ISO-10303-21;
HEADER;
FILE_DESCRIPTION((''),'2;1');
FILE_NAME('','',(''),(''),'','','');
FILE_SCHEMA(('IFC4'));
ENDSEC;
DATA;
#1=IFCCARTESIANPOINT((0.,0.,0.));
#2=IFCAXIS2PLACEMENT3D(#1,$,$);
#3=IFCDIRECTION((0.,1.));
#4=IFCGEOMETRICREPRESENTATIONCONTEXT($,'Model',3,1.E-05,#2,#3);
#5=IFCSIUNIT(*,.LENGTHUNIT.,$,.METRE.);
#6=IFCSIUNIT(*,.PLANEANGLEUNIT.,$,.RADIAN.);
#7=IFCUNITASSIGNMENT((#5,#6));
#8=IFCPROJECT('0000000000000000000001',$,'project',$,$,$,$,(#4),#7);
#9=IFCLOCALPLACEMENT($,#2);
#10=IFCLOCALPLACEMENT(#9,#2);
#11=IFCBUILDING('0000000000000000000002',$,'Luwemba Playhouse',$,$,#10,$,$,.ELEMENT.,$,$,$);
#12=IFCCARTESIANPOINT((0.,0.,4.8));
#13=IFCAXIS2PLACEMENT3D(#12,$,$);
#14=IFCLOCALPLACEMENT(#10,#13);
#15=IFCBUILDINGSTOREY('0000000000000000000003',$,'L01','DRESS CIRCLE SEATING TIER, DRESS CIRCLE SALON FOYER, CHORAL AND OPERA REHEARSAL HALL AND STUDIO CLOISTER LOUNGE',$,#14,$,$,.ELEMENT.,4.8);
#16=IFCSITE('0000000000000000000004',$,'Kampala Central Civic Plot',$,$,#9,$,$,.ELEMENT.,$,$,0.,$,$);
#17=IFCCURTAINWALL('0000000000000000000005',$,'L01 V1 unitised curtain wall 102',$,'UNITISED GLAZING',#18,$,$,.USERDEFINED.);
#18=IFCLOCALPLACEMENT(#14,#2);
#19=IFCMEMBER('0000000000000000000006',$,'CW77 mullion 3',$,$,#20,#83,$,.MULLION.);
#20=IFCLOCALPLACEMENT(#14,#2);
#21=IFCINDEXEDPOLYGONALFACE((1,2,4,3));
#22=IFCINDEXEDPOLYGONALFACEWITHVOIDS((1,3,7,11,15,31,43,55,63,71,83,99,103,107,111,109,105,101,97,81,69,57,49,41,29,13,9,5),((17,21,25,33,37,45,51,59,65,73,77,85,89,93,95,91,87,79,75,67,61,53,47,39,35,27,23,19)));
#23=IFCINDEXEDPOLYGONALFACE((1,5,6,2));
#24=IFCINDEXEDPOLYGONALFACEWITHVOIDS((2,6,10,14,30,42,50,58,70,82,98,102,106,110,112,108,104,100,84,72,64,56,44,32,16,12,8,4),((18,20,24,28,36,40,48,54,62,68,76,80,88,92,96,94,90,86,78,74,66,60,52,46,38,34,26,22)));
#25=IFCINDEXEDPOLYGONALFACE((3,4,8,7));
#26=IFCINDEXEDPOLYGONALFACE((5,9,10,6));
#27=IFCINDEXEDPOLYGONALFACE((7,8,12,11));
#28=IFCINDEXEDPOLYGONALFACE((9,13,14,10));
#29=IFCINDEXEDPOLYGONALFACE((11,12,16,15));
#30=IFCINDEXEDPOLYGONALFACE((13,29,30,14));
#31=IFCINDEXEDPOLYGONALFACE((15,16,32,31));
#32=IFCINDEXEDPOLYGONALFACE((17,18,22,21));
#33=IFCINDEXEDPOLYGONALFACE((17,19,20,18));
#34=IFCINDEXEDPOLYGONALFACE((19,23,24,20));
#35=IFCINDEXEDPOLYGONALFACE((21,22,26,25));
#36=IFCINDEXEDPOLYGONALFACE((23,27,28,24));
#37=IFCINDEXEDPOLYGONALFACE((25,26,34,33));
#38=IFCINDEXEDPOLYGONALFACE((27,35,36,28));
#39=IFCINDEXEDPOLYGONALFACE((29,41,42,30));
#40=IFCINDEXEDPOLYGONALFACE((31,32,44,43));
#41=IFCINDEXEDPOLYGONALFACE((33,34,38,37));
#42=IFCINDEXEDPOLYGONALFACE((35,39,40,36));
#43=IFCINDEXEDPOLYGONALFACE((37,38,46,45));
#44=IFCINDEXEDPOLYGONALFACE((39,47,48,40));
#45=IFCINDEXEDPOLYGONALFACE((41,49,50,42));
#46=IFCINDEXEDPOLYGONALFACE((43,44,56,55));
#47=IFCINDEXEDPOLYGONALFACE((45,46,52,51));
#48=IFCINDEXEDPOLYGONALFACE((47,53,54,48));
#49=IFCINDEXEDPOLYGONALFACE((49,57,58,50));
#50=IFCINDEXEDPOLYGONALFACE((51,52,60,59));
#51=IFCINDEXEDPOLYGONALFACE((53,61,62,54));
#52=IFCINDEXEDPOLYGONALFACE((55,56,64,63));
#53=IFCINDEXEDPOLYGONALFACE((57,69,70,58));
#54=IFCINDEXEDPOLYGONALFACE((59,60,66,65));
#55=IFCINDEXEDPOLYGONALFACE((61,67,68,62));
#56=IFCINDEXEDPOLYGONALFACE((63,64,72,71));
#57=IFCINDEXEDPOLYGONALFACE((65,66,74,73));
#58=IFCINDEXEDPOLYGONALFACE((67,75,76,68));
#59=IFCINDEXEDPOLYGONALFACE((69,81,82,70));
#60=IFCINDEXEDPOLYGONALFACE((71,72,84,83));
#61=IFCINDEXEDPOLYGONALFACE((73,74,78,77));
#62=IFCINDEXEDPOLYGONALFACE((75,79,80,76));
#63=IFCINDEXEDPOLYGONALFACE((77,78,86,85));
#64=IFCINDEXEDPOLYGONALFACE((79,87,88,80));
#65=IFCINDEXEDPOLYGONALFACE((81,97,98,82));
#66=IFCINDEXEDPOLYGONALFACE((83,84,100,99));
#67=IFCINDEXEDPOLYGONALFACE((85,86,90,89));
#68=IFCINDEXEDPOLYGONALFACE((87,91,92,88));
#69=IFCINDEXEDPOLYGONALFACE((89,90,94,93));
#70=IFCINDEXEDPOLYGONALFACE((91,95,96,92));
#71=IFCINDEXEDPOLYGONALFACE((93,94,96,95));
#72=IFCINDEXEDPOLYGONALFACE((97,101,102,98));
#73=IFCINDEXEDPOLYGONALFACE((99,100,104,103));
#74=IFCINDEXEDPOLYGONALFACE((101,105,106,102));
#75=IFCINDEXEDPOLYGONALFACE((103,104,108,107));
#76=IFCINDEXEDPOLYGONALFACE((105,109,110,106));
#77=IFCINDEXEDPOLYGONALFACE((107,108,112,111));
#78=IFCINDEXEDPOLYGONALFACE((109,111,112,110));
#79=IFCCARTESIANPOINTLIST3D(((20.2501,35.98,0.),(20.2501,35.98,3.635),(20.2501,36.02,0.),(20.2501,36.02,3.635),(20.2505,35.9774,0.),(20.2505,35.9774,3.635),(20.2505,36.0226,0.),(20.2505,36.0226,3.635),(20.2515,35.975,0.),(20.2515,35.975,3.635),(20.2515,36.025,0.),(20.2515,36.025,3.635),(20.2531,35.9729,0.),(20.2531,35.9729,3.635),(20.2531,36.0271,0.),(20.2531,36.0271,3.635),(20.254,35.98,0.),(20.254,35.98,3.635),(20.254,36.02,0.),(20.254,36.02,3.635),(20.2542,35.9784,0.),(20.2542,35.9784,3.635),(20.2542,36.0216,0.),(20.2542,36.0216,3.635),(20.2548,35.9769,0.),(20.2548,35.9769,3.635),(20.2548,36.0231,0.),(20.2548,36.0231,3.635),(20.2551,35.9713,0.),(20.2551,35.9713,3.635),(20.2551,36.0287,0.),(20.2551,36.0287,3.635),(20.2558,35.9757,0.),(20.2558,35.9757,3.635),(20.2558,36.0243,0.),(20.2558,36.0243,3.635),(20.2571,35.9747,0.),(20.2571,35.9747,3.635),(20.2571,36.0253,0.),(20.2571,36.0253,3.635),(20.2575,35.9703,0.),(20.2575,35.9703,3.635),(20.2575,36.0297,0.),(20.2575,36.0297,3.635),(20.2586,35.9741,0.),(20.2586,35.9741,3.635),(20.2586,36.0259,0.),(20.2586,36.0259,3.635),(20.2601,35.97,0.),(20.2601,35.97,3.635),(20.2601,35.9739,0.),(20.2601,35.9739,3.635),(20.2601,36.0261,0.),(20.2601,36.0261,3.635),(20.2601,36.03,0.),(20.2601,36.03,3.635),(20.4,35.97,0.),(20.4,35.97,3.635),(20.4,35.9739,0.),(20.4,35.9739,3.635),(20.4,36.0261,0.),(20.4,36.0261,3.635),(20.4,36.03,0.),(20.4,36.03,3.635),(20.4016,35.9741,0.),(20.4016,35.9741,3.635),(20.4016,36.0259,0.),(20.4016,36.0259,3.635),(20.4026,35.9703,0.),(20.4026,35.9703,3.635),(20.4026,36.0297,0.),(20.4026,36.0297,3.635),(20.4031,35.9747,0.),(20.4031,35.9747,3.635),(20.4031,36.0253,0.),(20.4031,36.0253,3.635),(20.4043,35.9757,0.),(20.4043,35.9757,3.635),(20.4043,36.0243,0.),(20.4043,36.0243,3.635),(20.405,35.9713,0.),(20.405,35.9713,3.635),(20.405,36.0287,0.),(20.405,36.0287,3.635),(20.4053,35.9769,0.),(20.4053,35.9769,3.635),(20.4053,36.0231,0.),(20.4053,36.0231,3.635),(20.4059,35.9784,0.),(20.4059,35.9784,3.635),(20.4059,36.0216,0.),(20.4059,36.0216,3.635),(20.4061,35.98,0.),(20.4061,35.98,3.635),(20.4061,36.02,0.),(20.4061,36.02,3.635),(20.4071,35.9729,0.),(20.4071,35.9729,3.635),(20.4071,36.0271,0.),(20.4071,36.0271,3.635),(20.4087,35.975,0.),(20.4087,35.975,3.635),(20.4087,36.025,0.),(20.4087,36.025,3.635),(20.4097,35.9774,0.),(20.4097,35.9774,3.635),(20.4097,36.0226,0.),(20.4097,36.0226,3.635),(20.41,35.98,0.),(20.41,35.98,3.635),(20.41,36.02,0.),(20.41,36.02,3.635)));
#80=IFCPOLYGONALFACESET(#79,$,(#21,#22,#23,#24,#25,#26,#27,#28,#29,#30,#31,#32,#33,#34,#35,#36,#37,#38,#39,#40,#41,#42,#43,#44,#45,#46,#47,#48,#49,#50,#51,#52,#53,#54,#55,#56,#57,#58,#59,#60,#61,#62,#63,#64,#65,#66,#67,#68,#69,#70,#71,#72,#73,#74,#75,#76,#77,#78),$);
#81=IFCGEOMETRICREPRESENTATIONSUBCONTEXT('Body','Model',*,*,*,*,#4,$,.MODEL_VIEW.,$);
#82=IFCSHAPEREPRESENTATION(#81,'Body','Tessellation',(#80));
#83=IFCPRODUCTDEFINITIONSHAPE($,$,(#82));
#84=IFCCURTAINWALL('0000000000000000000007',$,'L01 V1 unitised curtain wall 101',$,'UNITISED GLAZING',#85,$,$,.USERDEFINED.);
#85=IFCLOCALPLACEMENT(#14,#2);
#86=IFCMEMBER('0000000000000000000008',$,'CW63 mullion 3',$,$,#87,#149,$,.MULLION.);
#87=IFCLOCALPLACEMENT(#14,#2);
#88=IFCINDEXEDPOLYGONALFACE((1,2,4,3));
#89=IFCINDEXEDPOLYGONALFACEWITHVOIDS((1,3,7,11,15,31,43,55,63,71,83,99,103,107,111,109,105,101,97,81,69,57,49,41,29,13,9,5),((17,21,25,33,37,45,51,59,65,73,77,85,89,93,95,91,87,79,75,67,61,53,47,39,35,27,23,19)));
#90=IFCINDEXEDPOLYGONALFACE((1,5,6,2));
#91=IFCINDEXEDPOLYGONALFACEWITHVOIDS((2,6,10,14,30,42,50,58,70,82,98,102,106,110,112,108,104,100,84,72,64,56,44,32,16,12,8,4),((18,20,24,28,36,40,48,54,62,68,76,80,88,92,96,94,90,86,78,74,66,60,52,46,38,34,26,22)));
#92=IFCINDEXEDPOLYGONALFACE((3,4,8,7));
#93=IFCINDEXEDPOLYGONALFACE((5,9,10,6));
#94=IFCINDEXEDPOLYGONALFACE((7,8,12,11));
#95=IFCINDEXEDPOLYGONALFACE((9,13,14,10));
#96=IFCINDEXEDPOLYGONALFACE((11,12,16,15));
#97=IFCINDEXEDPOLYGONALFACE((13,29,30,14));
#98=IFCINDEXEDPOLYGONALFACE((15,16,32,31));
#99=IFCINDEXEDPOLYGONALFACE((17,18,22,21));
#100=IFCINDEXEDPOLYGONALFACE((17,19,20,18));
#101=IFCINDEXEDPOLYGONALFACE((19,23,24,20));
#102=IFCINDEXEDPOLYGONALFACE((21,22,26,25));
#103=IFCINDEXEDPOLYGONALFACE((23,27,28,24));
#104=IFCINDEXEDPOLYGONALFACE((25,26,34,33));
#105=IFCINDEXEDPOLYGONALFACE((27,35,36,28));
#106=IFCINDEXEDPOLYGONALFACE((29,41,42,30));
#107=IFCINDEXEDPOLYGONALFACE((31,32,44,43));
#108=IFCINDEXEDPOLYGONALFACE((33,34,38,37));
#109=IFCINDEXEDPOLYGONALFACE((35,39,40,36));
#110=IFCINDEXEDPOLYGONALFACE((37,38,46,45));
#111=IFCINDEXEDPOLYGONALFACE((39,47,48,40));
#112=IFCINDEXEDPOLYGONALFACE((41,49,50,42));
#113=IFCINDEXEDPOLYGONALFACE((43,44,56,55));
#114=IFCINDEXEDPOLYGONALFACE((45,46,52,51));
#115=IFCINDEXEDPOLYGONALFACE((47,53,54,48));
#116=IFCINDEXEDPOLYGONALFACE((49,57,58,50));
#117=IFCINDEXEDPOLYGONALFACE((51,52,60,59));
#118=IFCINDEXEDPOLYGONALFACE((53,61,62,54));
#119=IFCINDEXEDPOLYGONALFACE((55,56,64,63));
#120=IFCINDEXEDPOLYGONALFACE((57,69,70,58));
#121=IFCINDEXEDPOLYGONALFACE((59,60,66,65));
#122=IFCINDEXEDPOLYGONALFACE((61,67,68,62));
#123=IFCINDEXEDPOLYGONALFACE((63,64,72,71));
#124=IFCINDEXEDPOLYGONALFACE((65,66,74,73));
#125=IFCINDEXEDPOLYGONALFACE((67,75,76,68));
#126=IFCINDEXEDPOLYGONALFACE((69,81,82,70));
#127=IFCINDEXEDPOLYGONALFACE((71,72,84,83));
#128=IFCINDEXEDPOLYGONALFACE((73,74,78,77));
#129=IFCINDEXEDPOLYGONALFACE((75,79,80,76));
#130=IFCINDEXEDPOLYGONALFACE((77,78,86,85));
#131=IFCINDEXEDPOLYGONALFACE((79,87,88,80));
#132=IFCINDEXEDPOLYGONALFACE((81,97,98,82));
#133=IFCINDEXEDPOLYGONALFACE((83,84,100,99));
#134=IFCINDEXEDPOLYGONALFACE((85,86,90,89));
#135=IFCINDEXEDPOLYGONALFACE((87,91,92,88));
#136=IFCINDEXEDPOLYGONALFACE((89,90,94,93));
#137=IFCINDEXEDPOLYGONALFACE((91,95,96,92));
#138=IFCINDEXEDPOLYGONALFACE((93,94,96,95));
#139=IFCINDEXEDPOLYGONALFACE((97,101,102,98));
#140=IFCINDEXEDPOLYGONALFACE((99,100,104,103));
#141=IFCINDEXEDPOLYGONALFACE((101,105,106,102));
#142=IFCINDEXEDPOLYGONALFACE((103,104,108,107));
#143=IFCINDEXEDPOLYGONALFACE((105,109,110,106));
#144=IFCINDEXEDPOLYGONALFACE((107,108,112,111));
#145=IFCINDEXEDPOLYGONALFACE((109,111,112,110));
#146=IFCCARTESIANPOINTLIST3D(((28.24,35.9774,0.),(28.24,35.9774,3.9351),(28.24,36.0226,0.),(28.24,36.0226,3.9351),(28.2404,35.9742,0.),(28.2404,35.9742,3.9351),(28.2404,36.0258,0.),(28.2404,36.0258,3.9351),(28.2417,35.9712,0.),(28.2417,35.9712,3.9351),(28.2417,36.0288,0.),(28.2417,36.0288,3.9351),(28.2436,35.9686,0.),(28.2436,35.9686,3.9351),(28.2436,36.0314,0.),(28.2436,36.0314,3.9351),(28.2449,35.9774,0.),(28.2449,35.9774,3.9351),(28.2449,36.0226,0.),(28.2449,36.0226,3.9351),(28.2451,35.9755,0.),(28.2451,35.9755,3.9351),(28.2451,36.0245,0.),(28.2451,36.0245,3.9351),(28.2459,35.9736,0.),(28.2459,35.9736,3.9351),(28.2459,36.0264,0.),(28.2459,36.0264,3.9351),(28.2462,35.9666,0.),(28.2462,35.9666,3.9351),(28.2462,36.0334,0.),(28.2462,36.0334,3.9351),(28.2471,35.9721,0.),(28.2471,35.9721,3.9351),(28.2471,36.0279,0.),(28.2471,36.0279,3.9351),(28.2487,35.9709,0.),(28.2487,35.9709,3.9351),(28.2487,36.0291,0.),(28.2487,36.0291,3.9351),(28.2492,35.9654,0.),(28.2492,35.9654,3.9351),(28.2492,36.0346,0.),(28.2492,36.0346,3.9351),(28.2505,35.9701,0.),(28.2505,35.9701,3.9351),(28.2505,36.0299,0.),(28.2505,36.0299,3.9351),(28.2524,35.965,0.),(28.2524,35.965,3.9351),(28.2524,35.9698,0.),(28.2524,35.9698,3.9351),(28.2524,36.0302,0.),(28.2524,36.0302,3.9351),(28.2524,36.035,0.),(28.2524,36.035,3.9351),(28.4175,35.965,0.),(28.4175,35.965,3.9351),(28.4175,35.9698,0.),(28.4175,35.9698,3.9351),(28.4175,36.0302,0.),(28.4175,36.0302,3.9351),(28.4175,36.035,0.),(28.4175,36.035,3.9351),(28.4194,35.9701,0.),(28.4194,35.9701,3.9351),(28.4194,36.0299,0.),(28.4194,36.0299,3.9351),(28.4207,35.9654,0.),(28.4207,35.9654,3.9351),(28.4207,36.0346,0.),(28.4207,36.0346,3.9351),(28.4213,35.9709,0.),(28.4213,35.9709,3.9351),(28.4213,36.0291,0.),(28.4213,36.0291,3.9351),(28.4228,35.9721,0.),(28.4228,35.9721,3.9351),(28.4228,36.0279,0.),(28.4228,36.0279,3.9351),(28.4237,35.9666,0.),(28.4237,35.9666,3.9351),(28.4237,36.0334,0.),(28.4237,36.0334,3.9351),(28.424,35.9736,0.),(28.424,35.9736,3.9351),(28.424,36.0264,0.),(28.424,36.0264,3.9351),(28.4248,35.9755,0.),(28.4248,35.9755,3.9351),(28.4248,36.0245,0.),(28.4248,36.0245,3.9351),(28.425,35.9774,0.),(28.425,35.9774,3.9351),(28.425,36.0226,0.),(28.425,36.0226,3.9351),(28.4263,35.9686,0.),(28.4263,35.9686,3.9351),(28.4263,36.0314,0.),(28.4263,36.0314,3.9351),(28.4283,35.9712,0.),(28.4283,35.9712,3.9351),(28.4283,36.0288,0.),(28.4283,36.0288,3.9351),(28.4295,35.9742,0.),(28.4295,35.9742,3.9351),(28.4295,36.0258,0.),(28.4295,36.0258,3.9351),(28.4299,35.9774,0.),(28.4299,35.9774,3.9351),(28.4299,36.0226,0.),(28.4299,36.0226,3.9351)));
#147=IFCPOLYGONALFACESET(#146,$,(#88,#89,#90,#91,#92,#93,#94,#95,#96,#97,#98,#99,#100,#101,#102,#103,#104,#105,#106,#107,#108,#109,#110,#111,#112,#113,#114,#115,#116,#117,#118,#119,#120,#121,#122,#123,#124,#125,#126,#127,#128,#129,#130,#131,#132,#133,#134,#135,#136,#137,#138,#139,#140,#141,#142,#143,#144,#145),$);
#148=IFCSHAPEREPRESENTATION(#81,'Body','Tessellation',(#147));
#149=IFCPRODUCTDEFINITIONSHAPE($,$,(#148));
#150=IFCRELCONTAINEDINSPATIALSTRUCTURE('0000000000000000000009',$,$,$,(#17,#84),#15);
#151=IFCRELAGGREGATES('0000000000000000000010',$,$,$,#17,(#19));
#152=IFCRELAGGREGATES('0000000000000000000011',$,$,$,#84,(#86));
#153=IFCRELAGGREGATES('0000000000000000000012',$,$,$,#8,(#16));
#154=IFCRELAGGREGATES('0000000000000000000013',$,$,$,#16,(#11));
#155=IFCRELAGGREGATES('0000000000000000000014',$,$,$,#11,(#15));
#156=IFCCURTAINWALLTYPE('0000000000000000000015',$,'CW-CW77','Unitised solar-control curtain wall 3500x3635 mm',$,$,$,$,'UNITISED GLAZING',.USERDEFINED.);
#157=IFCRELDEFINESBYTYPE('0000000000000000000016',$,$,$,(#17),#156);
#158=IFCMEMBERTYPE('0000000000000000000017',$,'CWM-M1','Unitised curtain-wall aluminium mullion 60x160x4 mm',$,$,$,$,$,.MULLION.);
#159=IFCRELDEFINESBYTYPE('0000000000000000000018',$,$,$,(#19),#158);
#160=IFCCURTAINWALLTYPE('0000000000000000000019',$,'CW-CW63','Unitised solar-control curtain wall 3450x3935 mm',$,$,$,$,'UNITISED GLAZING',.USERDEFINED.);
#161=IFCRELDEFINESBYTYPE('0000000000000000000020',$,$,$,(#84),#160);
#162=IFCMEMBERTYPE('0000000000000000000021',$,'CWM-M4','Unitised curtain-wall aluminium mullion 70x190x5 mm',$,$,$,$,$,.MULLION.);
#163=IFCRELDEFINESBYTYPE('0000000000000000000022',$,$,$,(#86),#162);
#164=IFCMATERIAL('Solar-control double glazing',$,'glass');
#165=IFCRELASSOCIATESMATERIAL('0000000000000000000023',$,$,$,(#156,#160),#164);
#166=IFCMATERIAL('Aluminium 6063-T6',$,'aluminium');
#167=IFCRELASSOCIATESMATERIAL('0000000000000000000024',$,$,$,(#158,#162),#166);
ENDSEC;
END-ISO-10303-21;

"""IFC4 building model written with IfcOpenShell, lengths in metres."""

from ifc_helpers import new_model, si_unit, direction, frame, origin, origin_2d, place, context, subcontext, project, spatial, hollow_rectangle, extrude, material, material_profile, profile_set, type_object, element, aggregate, save


model = new_model("IFC4")

# Units and contexts
model_context = context("Model", 3, precision=1e-05, world=origin(), true_north=direction((0.0, 1.0)))
body_context = subcontext(model_context, "Body", "Model", "MODEL_VIEW")
ifc_project = project(units=[si_unit("LENGTHUNIT", "METRE"), si_unit("PLANEANGLEUNIT", "RADIAN")], contexts=[model_context])

# Site, building, storey
site_placement = place(None, origin())
site = spatial("IfcSite", under=ifc_project, at=site_placement, Name="Kampala Central Civic Plot", CompositionType="ELEMENT", RefElevation=0.0)
building_placement = place(site_placement, origin())
building = spatial("IfcBuilding", under=site, at=building_placement, Name="Luwemba Playhouse", CompositionType="ELEMENT")
storey_placement = place(building_placement, frame((0.0, 0.0, 4.8)))
storey = spatial("IfcBuildingStorey", under=building, at=storey_placement, Name="L01", Description="DRESS CIRCLE SEATING TIER, DRESS CIRCLE SALON FOYER, CHORAL AND OPERA REHEARSAL HALL AND STUDIO CLOISTER LOUNGE", CompositionType="ELEMENT", Elevation=4.8)

# Curtain wall, member
ifc_material_1 = material(Name="Solar-control double glazing", Category="glass")
curtain_wall_type_1 = type_object("IfcCurtainWallType", Name="CW-CW77", Description="Unitised solar-control curtain wall 3500x3635 mm", ElementType="UNITISED GLAZING", PredefinedType="USERDEFINED", material=ifc_material_1)
curtain_wall_1_placement = place(storey_placement, origin())
curtain_wall_1 = element("IfcCurtainWall", 1, at=curtain_wall_1_placement, inside=storey, type_object=curtain_wall_type_1, Name="L01 V1 unitised curtain wall 102", ObjectType="UNITISED GLAZING", PredefinedType="USERDEFINED")
ifc_material_2 = material(Name="Aluminium 6063-T6", Category="aluminium")
ifc_material_profile_1 = material_profile(ifc_material_2, hollow_rectangle(XDim=0.0601, YDim=0.1599, WallThickness=0.0039, InnerFilletRadius=0.0061, OuterFilletRadius=0.01, at=origin_2d()))
ifc_profile_set_1 = profile_set([ifc_material_profile_1], Name="Aluminium 6063-T6")
member_type_1 = type_object("IfcMemberType", Name="CWM-M1", Description="Unitised curtain-wall aluminium mullion 60x160x4 mm", PredefinedType="MULLION", material=ifc_profile_set_1)
member_1_placement = place(storey_placement, frame((20.3301, 36.0, 0.0), z_axis=(0.0, 0.0, 1.0), x_axis=(0.0, -1.0, 0.0)))
member_1 = element("IfcMember", 2, at=member_1_placement, type_object=member_type_1, Name="CW77 mullion 3", PredefinedType="MULLION", context=body_context, shape_type="SweptSolid", body=[
    extrude(hollow_rectangle(XDim=0.0601, YDim=0.1599, WallThickness=0.0039, InnerFilletRadius=0.0061, OuterFilletRadius=0.01, at=origin_2d()), origin(), (0.0, 0.0, 1.0), 3.635),
])

# Curtain wall, member
curtain_wall_type_2 = type_object("IfcCurtainWallType", Name="CW-CW63", Description="Unitised solar-control curtain wall 3450x3935 mm", ElementType="UNITISED GLAZING", PredefinedType="USERDEFINED", material=ifc_material_1)
curtain_wall_2_placement = place(storey_placement, origin())
curtain_wall_2 = element("IfcCurtainWall", 3, at=curtain_wall_2_placement, inside=storey, type_object=curtain_wall_type_2, Name="L01 V1 unitised curtain wall 101", ObjectType="UNITISED GLAZING", PredefinedType="USERDEFINED")
ifc_material_profile_2 = material_profile(ifc_material_2, hollow_rectangle(XDim=0.0701, YDim=0.1899, WallThickness=0.0049, InnerFilletRadius=0.0076, OuterFilletRadius=0.0125, at=origin_2d()))
ifc_profile_set_2 = profile_set([ifc_material_profile_2], Name="Aluminium 6063-T6")
member_type_2 = type_object("IfcMemberType", Name="CWM-M4", Description="Unitised curtain-wall aluminium mullion 70x190x5 mm", PredefinedType="MULLION", material=ifc_profile_set_2)
member_2_placement = place(storey_placement, frame((28.335, 36.0, 0.0), z_axis=(0.0, 0.0, 1.0), x_axis=(0.0, -1.0, 0.0)))
member_2 = element("IfcMember", 4, at=member_2_placement, type_object=member_type_2, Name="CW63 mullion 3", PredefinedType="MULLION", context=body_context, shape_type="SweptSolid", body=[
    extrude(hollow_rectangle(XDim=0.0701, YDim=0.1899, WallThickness=0.0049, InnerFilletRadius=0.0076, OuterFilletRadius=0.0125, at=origin_2d()), origin(), (0.0, 0.0, 1.0), 3.9351),
])

aggregate(curtain_wall_1, [member_1])
aggregate(curtain_wall_2, [member_2])

save(model, "model.ifc")
